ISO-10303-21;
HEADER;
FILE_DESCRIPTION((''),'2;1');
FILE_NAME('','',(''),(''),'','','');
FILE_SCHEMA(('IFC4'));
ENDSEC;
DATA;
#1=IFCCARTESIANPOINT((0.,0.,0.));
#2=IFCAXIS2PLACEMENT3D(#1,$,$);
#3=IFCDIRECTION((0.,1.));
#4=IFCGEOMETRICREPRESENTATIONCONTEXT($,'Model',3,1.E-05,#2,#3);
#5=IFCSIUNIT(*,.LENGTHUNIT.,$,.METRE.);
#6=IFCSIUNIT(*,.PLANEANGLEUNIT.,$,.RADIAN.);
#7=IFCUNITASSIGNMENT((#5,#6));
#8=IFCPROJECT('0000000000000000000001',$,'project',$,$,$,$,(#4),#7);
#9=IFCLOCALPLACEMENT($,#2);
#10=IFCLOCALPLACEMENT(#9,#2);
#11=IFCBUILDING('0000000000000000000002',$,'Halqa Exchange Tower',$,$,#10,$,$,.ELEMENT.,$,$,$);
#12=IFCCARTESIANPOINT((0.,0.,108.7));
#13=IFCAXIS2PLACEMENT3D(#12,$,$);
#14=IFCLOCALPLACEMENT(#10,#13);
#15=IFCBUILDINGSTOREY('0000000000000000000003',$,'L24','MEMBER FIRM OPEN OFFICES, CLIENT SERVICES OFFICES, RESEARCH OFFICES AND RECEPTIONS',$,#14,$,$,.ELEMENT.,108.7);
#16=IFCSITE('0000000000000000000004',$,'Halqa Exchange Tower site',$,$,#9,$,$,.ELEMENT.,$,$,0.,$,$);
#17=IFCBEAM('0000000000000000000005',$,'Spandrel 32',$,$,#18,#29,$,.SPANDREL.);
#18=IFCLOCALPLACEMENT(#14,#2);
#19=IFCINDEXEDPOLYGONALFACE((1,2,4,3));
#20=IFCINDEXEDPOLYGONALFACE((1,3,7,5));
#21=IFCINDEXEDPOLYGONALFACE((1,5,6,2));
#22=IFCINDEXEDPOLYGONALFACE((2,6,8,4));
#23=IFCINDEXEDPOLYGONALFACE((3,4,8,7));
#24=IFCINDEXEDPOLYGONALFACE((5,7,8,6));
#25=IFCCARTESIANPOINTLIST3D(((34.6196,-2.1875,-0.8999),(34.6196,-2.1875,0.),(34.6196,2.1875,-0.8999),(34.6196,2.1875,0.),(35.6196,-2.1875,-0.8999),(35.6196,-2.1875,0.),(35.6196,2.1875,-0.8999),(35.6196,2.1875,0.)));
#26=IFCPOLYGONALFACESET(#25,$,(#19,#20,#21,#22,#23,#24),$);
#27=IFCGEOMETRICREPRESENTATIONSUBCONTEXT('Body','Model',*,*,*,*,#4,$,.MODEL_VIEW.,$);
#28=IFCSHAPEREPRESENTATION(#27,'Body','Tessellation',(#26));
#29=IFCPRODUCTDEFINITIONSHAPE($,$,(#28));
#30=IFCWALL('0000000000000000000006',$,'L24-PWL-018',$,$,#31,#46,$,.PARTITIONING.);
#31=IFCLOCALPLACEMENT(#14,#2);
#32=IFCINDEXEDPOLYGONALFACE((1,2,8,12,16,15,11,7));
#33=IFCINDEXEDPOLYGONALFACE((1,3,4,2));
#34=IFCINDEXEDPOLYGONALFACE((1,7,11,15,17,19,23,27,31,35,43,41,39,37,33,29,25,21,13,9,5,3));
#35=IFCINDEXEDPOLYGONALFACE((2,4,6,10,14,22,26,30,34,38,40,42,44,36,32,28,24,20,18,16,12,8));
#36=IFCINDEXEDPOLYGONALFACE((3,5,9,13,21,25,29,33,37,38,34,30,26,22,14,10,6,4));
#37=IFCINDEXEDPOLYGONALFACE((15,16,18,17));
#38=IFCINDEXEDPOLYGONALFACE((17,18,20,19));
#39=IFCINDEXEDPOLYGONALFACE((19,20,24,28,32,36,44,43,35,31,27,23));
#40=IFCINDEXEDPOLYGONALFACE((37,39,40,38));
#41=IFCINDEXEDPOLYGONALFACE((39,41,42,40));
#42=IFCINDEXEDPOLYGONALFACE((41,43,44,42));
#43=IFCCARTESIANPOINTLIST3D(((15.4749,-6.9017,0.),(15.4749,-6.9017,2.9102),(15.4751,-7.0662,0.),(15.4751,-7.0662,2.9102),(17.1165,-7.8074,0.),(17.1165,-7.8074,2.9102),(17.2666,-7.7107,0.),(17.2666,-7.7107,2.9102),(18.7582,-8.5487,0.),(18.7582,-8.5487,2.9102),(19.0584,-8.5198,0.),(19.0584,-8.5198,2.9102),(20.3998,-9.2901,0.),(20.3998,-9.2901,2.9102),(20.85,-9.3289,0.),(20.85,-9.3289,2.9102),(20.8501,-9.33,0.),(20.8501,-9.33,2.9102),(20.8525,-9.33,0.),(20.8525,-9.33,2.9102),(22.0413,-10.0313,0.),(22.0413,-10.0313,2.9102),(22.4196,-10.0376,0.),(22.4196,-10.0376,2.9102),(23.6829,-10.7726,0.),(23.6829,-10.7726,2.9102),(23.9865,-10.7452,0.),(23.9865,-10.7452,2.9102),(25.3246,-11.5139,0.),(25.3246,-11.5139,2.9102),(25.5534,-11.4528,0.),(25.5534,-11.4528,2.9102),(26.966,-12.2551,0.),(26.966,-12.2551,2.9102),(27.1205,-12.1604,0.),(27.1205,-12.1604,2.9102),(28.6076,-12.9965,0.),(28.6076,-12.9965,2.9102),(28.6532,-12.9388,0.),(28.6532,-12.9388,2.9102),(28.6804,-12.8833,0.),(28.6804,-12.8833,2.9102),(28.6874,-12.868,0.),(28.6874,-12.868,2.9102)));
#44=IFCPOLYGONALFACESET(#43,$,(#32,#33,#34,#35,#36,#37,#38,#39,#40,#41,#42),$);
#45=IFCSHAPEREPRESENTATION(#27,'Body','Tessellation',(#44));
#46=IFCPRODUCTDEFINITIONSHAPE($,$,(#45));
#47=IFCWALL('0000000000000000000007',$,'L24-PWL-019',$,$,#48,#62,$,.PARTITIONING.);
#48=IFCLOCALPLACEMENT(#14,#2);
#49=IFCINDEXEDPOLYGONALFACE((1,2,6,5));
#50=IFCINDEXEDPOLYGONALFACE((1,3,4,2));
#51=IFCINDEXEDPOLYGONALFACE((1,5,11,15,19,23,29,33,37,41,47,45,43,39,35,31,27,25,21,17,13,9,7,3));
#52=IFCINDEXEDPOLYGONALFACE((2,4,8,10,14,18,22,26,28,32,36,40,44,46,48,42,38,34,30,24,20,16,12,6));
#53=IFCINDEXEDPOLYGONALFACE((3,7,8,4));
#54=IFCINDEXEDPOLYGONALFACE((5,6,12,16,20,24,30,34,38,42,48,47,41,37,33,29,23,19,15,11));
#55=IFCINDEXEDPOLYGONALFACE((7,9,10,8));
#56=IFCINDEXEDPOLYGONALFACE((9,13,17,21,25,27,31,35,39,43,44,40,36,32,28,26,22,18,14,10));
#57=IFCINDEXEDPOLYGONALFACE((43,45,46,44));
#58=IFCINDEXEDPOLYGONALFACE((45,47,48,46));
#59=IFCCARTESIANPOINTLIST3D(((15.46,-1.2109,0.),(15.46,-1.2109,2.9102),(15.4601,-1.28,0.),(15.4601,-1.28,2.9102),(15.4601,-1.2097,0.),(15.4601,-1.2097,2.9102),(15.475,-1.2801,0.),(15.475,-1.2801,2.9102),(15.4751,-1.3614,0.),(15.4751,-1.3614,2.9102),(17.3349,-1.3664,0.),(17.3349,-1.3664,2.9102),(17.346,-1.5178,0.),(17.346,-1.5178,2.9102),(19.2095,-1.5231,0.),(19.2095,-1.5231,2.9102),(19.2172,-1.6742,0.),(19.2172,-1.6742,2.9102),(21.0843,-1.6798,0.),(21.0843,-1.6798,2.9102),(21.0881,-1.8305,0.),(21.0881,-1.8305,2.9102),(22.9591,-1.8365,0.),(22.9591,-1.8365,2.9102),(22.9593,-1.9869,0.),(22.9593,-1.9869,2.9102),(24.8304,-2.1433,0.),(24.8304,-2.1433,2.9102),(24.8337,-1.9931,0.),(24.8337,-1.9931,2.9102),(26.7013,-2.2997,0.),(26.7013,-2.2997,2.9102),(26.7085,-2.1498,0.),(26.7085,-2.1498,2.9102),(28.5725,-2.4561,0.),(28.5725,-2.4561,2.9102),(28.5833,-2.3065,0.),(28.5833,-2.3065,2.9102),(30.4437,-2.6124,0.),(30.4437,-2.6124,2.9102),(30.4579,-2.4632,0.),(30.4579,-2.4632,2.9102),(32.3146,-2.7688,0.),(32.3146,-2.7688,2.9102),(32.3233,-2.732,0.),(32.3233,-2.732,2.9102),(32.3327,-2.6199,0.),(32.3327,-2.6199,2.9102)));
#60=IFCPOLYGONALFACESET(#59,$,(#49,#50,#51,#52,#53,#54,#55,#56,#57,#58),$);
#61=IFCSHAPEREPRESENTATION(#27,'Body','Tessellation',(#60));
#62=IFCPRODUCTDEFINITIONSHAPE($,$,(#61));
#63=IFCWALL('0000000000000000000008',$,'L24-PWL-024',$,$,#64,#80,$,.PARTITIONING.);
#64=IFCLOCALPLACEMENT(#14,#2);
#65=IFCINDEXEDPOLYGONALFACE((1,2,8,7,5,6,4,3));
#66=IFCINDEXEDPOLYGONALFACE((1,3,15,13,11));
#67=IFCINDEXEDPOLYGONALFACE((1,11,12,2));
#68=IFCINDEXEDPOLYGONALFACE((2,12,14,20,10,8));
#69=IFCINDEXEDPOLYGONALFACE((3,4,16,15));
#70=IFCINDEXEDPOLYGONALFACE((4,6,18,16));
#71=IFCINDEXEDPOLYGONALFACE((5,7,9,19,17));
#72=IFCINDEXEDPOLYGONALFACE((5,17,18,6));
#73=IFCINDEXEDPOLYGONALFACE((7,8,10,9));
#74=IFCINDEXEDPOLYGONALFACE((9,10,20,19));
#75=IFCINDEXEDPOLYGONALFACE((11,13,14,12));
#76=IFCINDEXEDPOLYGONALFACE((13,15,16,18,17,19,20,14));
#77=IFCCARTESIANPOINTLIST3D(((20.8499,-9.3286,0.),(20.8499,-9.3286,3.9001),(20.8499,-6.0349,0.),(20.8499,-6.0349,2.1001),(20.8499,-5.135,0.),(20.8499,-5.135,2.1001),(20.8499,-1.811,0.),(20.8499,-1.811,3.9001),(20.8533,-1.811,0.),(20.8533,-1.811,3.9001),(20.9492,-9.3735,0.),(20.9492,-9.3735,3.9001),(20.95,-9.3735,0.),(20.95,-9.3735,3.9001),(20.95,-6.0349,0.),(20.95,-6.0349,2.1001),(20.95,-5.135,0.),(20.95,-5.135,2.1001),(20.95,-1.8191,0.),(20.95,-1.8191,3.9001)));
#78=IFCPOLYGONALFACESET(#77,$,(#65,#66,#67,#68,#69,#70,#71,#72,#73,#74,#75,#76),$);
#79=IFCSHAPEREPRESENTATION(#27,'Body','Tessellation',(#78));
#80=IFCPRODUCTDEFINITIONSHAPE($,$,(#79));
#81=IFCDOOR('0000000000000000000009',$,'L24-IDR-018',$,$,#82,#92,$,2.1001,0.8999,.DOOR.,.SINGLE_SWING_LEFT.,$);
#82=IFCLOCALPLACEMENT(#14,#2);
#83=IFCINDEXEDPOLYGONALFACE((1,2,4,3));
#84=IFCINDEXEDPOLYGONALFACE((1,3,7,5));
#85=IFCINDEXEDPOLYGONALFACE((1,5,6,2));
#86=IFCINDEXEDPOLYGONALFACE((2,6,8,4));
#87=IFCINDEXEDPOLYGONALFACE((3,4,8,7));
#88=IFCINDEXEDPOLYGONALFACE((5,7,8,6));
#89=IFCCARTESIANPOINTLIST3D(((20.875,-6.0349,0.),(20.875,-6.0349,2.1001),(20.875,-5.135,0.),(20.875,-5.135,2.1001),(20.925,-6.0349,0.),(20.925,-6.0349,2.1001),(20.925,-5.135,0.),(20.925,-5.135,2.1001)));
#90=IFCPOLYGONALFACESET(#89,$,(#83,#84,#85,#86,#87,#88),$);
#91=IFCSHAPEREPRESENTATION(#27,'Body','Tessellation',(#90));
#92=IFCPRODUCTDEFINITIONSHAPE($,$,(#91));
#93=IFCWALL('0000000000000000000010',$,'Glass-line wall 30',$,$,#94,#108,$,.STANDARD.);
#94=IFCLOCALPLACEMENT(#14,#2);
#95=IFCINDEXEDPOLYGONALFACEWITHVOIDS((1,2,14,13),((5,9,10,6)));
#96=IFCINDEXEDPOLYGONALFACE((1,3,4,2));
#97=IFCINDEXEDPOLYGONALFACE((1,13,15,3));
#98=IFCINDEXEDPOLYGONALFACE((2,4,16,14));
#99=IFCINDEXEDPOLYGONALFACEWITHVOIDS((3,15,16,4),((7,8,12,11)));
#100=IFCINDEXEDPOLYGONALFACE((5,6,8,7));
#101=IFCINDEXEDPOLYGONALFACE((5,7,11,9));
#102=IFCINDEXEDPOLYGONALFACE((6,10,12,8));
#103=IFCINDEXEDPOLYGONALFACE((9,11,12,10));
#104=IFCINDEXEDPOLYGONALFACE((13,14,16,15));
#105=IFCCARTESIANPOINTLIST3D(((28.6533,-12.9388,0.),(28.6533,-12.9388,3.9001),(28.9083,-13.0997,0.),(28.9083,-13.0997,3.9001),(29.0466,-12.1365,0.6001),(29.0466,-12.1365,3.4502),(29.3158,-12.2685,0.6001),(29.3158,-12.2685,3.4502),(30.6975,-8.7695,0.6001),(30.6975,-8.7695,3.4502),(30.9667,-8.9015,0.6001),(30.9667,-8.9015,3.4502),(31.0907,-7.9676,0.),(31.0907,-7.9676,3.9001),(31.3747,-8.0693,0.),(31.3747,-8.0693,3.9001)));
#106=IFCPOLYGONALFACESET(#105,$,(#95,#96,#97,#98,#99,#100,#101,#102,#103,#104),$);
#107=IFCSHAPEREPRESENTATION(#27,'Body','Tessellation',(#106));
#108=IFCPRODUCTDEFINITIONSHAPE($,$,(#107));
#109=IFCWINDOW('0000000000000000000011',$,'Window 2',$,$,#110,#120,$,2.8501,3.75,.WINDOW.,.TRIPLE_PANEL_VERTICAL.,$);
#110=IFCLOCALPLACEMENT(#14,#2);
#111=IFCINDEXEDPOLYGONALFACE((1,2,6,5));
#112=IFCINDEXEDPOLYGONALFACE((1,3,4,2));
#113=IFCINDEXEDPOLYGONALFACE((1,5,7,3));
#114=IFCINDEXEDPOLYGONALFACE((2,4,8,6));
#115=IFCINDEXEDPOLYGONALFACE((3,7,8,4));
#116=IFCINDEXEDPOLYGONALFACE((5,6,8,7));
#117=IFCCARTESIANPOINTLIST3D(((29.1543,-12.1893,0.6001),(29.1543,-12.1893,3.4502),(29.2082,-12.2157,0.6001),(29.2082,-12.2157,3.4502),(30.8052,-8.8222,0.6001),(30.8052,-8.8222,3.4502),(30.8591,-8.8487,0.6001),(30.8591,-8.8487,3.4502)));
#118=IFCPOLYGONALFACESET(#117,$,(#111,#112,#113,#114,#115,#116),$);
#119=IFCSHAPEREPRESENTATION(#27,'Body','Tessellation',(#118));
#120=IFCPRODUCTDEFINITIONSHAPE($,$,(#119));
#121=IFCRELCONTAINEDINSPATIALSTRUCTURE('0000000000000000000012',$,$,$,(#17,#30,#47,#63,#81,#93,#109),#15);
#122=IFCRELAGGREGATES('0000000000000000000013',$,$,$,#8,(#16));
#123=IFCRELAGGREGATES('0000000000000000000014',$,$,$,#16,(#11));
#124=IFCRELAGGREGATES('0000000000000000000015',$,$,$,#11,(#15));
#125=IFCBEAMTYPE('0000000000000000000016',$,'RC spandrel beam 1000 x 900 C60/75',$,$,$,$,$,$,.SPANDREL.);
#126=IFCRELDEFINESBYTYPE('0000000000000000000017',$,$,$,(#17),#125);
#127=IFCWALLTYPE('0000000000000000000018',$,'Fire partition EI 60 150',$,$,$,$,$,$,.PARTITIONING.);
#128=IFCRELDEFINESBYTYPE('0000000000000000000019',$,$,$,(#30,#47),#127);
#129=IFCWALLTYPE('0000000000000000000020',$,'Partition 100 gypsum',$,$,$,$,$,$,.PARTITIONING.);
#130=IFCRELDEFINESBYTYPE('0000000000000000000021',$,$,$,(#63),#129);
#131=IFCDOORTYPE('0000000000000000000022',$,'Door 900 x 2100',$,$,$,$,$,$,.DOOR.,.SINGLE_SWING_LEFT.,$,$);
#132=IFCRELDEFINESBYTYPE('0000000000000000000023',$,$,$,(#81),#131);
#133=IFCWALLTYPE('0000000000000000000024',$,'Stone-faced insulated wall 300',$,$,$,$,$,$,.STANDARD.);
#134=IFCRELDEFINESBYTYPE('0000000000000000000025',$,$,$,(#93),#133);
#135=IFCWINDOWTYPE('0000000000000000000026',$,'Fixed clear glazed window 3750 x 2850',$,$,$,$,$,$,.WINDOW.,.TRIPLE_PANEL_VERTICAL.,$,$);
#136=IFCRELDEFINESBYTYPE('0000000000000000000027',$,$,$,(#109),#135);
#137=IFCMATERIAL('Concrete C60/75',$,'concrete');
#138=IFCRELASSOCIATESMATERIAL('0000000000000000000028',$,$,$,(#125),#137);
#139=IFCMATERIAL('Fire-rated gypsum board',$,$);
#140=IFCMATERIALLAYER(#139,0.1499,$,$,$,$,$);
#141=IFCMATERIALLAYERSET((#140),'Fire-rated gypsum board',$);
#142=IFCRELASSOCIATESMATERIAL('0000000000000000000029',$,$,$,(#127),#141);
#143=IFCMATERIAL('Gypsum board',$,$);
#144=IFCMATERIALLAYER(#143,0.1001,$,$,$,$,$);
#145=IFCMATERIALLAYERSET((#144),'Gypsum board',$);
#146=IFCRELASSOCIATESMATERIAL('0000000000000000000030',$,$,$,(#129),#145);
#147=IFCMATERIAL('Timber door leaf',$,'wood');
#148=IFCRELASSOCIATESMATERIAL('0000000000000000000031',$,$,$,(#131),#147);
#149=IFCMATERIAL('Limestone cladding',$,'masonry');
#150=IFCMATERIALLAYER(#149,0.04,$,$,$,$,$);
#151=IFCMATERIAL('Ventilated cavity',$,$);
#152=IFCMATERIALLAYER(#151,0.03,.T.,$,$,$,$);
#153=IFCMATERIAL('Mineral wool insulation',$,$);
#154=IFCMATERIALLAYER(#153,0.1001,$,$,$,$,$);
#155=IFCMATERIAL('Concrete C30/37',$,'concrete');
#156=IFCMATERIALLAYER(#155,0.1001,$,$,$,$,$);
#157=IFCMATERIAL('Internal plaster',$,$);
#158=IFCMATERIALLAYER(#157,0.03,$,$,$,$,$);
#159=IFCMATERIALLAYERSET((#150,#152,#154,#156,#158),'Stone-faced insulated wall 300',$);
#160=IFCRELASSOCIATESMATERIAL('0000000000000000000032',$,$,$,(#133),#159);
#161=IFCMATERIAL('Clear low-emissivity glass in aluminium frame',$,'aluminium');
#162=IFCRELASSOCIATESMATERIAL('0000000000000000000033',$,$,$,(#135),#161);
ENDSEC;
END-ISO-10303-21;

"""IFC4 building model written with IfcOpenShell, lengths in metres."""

from ifc_helpers import new_model, si_unit, direction, frame, frame_2d, origin, origin_2d, place, context, subcontext, project, spatial, polyline, rectangle, outline, extrude, material, layer, layer_set, material_profile, profile_set, type_object, element, fill, save


model = new_model("IFC4")

# Units and contexts
model_context = context("Model", 3, precision=1e-05, world=origin(), true_north=direction((0.0, 1.0)))
body_context = subcontext(model_context, "Body", "Model", "MODEL_VIEW")
ifc_project = project(units=[si_unit("LENGTHUNIT", "METRE"), si_unit("PLANEANGLEUNIT", "RADIAN")], contexts=[model_context])

# Site, building, storey
site_placement = place(None, origin())
site = spatial("IfcSite", under=ifc_project, at=site_placement, Name="Halqa Exchange Tower site", CompositionType="ELEMENT", RefElevation=0.0)
building_placement = place(site_placement, origin())
building = spatial("IfcBuilding", under=site, at=building_placement, Name="Halqa Exchange Tower", CompositionType="ELEMENT")
storey_placement = place(building_placement, frame((0.0, 0.0, 108.7)))
storey = spatial("IfcBuildingStorey", under=building, at=storey_placement, Name="L24", Description="MEMBER FIRM OPEN OFFICES, CLIENT SERVICES OFFICES, RESEARCH OFFICES AND RECEPTIONS", CompositionType="ELEMENT", Elevation=108.7)

# Beam
ifc_material_1 = material(Name="Concrete C60/75", Category="concrete")
ifc_material_profile_1 = material_profile(ifc_material_1, rectangle(XDim=1.0, YDim=0.8999, at=origin_2d()), Name="1000 x 900")
ifc_profile_set_1 = profile_set([ifc_material_profile_1], Name="Concrete C60/75")
beam_type_1 = type_object("IfcBeamType", Name="RC spandrel beam 1000 x 900 C60/75", PredefinedType="SPANDREL", material=ifc_profile_set_1)
beam_1_placement = place(storey_placement, frame((35.1196, -2.1875, -0.45), z_axis=(0.0, 1.0, 0.0), x_axis=(-1.0, 0.0, 0.0)))
element("IfcBeam", 1, at=beam_1_placement, inside=storey, type_object=beam_type_1, Name="Spandrel 32", PredefinedType="SPANDREL", context=body_context, shape_type="SweptSolid", body=[
    extrude(rectangle(XDim=1.0, YDim=0.8999, at=origin_2d()), origin(), (0.0, 0.0, 1.0), 4.375),
])

# Walls
ifc_material_2 = material(Name="Fire-rated gypsum board")
ifc_layer_1 = layer(ifc_material_2, 0.1499)
ifc_layer_set_1 = layer_set([ifc_layer_1], Name="Fire-rated gypsum board")
wall_type_1 = type_object("IfcWallType", Name="Fire partition EI 60 150", PredefinedType="PARTITIONING", material=ifc_layer_set_1)
wall_1_placement = place(storey_placement, frame((15.4441, -6.97, 0.0), z_axis=(0.0, 0.0, 1.0), x_axis=(0.911386, -0.411553, 0.0)))
element("IfcWall", 2, at=wall_1_placement, inside=storey, type_object=wall_type_1, Name="L24-PWL-018", PredefinedType="PARTITIONING", context=body_context, shape_type="SweptSolid", body=[
    extrude(outline(polyline([(0.0679, -0.075), (1.8689, -0.075), (3.6702, -0.075), (5.4714, -0.075), (7.2725, -0.075), (9.0737, -0.075), (10.875, -0.075), (12.676, -0.075), (14.4773, -0.075), (14.4951, -0.0037), (14.4971, 0.0581), (14.4971, 0.075), (12.7778, 0.075), (11.0583, 0.075), (9.3391, 0.075), (7.6199, 0.075), (5.9004, 0.075), (5.8982, 0.074), (5.8977, 0.075), (3.9319, 0.075), (1.9658, 0.075), (0.0, 0.075), (0.0679, -0.075)])), origin(), (0.0, 0.0, 1.0), 2.9102),
])
wall_2_placement = place(storey_placement, frame((15.4539, -1.2844, 0.0), z_axis=(0.0, 0.0, 1.0), x_axis=(0.996526, -0.083287, 0.0)))
element("IfcWall", 3, at=wall_2_placement, inside=storey, type_object=wall_type_1, Name="L24-PWL-019", PredefinedType="PARTITIONING", context=body_context, shape_type="SweptSolid", body=[
    extrude(outline(polyline([(0.0276, -0.075), (1.905, -0.075), (3.7827, -0.075), (5.6602, -0.075), (7.5378, -0.075), (9.4155, -0.075), (11.293, -0.075), (13.1707, -0.075), (15.0483, -0.075), (16.9258, -0.075), (16.9314, -0.0376), (16.9314, 0.075), (15.05, 0.075), (13.1689, 0.075), (11.2876, 0.075), (9.4062, 0.075), (7.5251, 0.075), (5.6438, 0.075), (3.7625, 0.075), (1.8813, 0.075), (0.0, 0.075), (0.0, 0.0737), (0.0059, 0.0049), (0.0208, 0.0061), (0.0276, -0.075)])), origin(), (0.0, 0.0, 1.0), 2.9102),
])

# Wall, opening, door
ifc_material_3 = material(Name="Gypsum board")
ifc_layer_2 = layer(ifc_material_3, 0.1001)
ifc_layer_set_2 = layer_set([ifc_layer_2], Name="Gypsum board")
wall_type_2 = type_object("IfcWallType", Name="Partition 100 gypsum", PredefinedType="PARTITIONING", material=ifc_layer_set_2)
wall_3_placement = place(storey_placement, frame((20.8999, -1.811, 0.0), z_axis=(0.0, 0.0, 1.0), x_axis=(0.0, -1.0, 0.0)))
wall_3 = element("IfcWall", 4, at=wall_3_placement, inside=storey, type_object=wall_type_2, Name="L24-PWL-024", PredefinedType="PARTITIONING", context=body_context, shape_type="SweptSolid", body=[
    extrude(outline(polyline([(0.0, -0.05), (1.8794, -0.05), (3.7588, -0.05), (5.6382, -0.05), (7.5176, -0.05), (7.5625, 0.0493), (7.5625, 0.05), (5.6738, 0.05), (3.7854, 0.05), (1.8967, 0.05), (0.0081, 0.05), (0.0, -0.0466), (0.0, -0.05)])), origin(), (0.0, 0.0, 1.0), 3.9001),
])
opening_1_placement = place(wall_3_placement, frame((3.324, 0.0, 0.0)))
opening_1 = element("IfcOpeningElement", 5, at=opening_1_placement, cuts=wall_3, PredefinedType="OPENING", context=body_context, shape_type="SweptSolid", body=[
    extrude(rectangle(XDim=0.8999, YDim=2.1001, at=frame_2d((0.45, 1.05))), frame((0.0, 0.062, 0.0), z_axis=(0.0, -1.0, 0.0), x_axis=(1.0, 0.0, 0.0)), (0.0, 0.0, 1.0), 0.124),
])
ifc_material_4 = material(Name="Timber door leaf", Category="wood")
door_type_1 = type_object("IfcDoorType", Name="Door 900 x 2100", OperationType="SINGLE_SWING_LEFT", PredefinedType="DOOR", material=ifc_material_4)
door_1_placement = place(opening_1_placement, frame((0.8999, 0.0, 0.0), z_axis=(0.0, 0.0, 1.0), x_axis=(-1.0, 0.0, 0.0)))
door_1 = element("IfcDoor", 6, at=door_1_placement, inside=storey, type_object=door_type_1, Name="L24-IDR-018", OperationType="SINGLE_SWING_LEFT", OverallHeight=2.1001, OverallWidth=0.8999, PredefinedType="DOOR", context=body_context, shape_type="SweptSolid", body=[
    extrude(rectangle(XDim=0.8999, YDim=2.1001, at=frame_2d((0.45, 1.05))), frame((0.0, 0.0249, 0.0), z_axis=(0.0, -1.0, 0.0), x_axis=(1.0, 0.0, 0.0)), (0.0, 0.0, 1.0), 0.05),
])
fill(opening_1, door_1)

# Wall, opening, window
ifc_material_5 = material(Name="Limestone cladding", Category="masonry")
ifc_layer_3 = layer(ifc_material_5, 0.04)
ifc_material_6 = material(Name="Ventilated cavity")
ifc_layer_4 = layer(ifc_material_6, 0.03, ventilated=True)
ifc_material_7 = material(Name="Mineral wool insulation")
ifc_layer_5 = layer(ifc_material_7, 0.1001)
ifc_material_8 = material(Name="Concrete C30/37", Category="concrete")
ifc_layer_6 = layer(ifc_material_8, 0.1001)
ifc_material_9 = material(Name="Internal plaster")
ifc_layer_7 = layer(ifc_material_9, 0.03)
ifc_layer_set_3 = layer_set([ifc_layer_3, ifc_layer_4, ifc_layer_5, ifc_layer_6, ifc_layer_7], Name="Stone-faced insulated wall 300")
wall_type_3 = type_object("IfcWallType", Name="Stone-faced insulated wall 300", PredefinedType="STANDARD", material=ifc_layer_set_3)
wall_4_placement = place(storey_placement, frame((28.7808, -13.0193, 0.0), z_axis=(0.0, 0.0, 1.0), x_axis=(0.440239, 0.897881, 0.0)))
wall_4 = element("IfcWall", 7, at=wall_4_placement, inside=storey, type_object=wall_type_3, Name="Glass-line wall 30", PredefinedType="STANDARD", context=body_context, shape_type="SweptSolid", body=[
    extrude(outline(polyline([(-0.0161, -0.1499), (5.5864, -0.1499), (5.5527, 0.1499), (0.0161, 0.1499), (-0.0161, -0.1499)])), origin(), (0.0, 0.0, 1.0), 3.9001),
])
opening_2_placement = place(wall_4_placement, frame((0.9097, 0.0, 0.6001)))
opening_2 = element("IfcOpeningElement", 8, at=opening_2_placement, cuts=wall_4, PredefinedType="OPENING", context=body_context, shape_type="SweptSolid", body=[
    extrude(rectangle(XDim=3.75, YDim=2.8501, at=frame_2d((1.875, 1.425))), frame((0.0, 0.1621, 0.0), z_axis=(0.0, -1.0, 0.0), x_axis=(1.0, 0.0, 0.0)), (0.0, 0.0, 1.0), 0.324),
])
ifc_material_10 = material(Name="Clear low-emissivity glass in aluminium frame", Category="aluminium")
window_type = type_object("IfcWindowType", Name="Fixed clear glazed window 3750 x 2850", PartitioningType="TRIPLE_PANEL_VERTICAL", PredefinedType="WINDOW", material=ifc_material_10)
window_1_placement = place(opening_2_placement, origin())
window_1 = element("IfcWindow", 9, at=window_1_placement, inside=storey, type_object=window_type, Name="Window 2", OverallHeight=2.8501, OverallWidth=3.75, PartitioningType="TRIPLE_PANEL_VERTICAL", PredefinedType="WINDOW", context=body_context, shape_type="SweptSolid", body=[
    extrude(rectangle(XDim=3.75, YDim=2.8501, at=frame_2d((1.875, 1.425))), frame((0.0, 0.03, 0.0), z_axis=(0.0, -1.0, 0.0), x_axis=(1.0, 0.0, 0.0)), (0.0, 0.0, 1.0), 0.0601),
])
fill(opening_2, window_1)

save(model, "model.ifc")
